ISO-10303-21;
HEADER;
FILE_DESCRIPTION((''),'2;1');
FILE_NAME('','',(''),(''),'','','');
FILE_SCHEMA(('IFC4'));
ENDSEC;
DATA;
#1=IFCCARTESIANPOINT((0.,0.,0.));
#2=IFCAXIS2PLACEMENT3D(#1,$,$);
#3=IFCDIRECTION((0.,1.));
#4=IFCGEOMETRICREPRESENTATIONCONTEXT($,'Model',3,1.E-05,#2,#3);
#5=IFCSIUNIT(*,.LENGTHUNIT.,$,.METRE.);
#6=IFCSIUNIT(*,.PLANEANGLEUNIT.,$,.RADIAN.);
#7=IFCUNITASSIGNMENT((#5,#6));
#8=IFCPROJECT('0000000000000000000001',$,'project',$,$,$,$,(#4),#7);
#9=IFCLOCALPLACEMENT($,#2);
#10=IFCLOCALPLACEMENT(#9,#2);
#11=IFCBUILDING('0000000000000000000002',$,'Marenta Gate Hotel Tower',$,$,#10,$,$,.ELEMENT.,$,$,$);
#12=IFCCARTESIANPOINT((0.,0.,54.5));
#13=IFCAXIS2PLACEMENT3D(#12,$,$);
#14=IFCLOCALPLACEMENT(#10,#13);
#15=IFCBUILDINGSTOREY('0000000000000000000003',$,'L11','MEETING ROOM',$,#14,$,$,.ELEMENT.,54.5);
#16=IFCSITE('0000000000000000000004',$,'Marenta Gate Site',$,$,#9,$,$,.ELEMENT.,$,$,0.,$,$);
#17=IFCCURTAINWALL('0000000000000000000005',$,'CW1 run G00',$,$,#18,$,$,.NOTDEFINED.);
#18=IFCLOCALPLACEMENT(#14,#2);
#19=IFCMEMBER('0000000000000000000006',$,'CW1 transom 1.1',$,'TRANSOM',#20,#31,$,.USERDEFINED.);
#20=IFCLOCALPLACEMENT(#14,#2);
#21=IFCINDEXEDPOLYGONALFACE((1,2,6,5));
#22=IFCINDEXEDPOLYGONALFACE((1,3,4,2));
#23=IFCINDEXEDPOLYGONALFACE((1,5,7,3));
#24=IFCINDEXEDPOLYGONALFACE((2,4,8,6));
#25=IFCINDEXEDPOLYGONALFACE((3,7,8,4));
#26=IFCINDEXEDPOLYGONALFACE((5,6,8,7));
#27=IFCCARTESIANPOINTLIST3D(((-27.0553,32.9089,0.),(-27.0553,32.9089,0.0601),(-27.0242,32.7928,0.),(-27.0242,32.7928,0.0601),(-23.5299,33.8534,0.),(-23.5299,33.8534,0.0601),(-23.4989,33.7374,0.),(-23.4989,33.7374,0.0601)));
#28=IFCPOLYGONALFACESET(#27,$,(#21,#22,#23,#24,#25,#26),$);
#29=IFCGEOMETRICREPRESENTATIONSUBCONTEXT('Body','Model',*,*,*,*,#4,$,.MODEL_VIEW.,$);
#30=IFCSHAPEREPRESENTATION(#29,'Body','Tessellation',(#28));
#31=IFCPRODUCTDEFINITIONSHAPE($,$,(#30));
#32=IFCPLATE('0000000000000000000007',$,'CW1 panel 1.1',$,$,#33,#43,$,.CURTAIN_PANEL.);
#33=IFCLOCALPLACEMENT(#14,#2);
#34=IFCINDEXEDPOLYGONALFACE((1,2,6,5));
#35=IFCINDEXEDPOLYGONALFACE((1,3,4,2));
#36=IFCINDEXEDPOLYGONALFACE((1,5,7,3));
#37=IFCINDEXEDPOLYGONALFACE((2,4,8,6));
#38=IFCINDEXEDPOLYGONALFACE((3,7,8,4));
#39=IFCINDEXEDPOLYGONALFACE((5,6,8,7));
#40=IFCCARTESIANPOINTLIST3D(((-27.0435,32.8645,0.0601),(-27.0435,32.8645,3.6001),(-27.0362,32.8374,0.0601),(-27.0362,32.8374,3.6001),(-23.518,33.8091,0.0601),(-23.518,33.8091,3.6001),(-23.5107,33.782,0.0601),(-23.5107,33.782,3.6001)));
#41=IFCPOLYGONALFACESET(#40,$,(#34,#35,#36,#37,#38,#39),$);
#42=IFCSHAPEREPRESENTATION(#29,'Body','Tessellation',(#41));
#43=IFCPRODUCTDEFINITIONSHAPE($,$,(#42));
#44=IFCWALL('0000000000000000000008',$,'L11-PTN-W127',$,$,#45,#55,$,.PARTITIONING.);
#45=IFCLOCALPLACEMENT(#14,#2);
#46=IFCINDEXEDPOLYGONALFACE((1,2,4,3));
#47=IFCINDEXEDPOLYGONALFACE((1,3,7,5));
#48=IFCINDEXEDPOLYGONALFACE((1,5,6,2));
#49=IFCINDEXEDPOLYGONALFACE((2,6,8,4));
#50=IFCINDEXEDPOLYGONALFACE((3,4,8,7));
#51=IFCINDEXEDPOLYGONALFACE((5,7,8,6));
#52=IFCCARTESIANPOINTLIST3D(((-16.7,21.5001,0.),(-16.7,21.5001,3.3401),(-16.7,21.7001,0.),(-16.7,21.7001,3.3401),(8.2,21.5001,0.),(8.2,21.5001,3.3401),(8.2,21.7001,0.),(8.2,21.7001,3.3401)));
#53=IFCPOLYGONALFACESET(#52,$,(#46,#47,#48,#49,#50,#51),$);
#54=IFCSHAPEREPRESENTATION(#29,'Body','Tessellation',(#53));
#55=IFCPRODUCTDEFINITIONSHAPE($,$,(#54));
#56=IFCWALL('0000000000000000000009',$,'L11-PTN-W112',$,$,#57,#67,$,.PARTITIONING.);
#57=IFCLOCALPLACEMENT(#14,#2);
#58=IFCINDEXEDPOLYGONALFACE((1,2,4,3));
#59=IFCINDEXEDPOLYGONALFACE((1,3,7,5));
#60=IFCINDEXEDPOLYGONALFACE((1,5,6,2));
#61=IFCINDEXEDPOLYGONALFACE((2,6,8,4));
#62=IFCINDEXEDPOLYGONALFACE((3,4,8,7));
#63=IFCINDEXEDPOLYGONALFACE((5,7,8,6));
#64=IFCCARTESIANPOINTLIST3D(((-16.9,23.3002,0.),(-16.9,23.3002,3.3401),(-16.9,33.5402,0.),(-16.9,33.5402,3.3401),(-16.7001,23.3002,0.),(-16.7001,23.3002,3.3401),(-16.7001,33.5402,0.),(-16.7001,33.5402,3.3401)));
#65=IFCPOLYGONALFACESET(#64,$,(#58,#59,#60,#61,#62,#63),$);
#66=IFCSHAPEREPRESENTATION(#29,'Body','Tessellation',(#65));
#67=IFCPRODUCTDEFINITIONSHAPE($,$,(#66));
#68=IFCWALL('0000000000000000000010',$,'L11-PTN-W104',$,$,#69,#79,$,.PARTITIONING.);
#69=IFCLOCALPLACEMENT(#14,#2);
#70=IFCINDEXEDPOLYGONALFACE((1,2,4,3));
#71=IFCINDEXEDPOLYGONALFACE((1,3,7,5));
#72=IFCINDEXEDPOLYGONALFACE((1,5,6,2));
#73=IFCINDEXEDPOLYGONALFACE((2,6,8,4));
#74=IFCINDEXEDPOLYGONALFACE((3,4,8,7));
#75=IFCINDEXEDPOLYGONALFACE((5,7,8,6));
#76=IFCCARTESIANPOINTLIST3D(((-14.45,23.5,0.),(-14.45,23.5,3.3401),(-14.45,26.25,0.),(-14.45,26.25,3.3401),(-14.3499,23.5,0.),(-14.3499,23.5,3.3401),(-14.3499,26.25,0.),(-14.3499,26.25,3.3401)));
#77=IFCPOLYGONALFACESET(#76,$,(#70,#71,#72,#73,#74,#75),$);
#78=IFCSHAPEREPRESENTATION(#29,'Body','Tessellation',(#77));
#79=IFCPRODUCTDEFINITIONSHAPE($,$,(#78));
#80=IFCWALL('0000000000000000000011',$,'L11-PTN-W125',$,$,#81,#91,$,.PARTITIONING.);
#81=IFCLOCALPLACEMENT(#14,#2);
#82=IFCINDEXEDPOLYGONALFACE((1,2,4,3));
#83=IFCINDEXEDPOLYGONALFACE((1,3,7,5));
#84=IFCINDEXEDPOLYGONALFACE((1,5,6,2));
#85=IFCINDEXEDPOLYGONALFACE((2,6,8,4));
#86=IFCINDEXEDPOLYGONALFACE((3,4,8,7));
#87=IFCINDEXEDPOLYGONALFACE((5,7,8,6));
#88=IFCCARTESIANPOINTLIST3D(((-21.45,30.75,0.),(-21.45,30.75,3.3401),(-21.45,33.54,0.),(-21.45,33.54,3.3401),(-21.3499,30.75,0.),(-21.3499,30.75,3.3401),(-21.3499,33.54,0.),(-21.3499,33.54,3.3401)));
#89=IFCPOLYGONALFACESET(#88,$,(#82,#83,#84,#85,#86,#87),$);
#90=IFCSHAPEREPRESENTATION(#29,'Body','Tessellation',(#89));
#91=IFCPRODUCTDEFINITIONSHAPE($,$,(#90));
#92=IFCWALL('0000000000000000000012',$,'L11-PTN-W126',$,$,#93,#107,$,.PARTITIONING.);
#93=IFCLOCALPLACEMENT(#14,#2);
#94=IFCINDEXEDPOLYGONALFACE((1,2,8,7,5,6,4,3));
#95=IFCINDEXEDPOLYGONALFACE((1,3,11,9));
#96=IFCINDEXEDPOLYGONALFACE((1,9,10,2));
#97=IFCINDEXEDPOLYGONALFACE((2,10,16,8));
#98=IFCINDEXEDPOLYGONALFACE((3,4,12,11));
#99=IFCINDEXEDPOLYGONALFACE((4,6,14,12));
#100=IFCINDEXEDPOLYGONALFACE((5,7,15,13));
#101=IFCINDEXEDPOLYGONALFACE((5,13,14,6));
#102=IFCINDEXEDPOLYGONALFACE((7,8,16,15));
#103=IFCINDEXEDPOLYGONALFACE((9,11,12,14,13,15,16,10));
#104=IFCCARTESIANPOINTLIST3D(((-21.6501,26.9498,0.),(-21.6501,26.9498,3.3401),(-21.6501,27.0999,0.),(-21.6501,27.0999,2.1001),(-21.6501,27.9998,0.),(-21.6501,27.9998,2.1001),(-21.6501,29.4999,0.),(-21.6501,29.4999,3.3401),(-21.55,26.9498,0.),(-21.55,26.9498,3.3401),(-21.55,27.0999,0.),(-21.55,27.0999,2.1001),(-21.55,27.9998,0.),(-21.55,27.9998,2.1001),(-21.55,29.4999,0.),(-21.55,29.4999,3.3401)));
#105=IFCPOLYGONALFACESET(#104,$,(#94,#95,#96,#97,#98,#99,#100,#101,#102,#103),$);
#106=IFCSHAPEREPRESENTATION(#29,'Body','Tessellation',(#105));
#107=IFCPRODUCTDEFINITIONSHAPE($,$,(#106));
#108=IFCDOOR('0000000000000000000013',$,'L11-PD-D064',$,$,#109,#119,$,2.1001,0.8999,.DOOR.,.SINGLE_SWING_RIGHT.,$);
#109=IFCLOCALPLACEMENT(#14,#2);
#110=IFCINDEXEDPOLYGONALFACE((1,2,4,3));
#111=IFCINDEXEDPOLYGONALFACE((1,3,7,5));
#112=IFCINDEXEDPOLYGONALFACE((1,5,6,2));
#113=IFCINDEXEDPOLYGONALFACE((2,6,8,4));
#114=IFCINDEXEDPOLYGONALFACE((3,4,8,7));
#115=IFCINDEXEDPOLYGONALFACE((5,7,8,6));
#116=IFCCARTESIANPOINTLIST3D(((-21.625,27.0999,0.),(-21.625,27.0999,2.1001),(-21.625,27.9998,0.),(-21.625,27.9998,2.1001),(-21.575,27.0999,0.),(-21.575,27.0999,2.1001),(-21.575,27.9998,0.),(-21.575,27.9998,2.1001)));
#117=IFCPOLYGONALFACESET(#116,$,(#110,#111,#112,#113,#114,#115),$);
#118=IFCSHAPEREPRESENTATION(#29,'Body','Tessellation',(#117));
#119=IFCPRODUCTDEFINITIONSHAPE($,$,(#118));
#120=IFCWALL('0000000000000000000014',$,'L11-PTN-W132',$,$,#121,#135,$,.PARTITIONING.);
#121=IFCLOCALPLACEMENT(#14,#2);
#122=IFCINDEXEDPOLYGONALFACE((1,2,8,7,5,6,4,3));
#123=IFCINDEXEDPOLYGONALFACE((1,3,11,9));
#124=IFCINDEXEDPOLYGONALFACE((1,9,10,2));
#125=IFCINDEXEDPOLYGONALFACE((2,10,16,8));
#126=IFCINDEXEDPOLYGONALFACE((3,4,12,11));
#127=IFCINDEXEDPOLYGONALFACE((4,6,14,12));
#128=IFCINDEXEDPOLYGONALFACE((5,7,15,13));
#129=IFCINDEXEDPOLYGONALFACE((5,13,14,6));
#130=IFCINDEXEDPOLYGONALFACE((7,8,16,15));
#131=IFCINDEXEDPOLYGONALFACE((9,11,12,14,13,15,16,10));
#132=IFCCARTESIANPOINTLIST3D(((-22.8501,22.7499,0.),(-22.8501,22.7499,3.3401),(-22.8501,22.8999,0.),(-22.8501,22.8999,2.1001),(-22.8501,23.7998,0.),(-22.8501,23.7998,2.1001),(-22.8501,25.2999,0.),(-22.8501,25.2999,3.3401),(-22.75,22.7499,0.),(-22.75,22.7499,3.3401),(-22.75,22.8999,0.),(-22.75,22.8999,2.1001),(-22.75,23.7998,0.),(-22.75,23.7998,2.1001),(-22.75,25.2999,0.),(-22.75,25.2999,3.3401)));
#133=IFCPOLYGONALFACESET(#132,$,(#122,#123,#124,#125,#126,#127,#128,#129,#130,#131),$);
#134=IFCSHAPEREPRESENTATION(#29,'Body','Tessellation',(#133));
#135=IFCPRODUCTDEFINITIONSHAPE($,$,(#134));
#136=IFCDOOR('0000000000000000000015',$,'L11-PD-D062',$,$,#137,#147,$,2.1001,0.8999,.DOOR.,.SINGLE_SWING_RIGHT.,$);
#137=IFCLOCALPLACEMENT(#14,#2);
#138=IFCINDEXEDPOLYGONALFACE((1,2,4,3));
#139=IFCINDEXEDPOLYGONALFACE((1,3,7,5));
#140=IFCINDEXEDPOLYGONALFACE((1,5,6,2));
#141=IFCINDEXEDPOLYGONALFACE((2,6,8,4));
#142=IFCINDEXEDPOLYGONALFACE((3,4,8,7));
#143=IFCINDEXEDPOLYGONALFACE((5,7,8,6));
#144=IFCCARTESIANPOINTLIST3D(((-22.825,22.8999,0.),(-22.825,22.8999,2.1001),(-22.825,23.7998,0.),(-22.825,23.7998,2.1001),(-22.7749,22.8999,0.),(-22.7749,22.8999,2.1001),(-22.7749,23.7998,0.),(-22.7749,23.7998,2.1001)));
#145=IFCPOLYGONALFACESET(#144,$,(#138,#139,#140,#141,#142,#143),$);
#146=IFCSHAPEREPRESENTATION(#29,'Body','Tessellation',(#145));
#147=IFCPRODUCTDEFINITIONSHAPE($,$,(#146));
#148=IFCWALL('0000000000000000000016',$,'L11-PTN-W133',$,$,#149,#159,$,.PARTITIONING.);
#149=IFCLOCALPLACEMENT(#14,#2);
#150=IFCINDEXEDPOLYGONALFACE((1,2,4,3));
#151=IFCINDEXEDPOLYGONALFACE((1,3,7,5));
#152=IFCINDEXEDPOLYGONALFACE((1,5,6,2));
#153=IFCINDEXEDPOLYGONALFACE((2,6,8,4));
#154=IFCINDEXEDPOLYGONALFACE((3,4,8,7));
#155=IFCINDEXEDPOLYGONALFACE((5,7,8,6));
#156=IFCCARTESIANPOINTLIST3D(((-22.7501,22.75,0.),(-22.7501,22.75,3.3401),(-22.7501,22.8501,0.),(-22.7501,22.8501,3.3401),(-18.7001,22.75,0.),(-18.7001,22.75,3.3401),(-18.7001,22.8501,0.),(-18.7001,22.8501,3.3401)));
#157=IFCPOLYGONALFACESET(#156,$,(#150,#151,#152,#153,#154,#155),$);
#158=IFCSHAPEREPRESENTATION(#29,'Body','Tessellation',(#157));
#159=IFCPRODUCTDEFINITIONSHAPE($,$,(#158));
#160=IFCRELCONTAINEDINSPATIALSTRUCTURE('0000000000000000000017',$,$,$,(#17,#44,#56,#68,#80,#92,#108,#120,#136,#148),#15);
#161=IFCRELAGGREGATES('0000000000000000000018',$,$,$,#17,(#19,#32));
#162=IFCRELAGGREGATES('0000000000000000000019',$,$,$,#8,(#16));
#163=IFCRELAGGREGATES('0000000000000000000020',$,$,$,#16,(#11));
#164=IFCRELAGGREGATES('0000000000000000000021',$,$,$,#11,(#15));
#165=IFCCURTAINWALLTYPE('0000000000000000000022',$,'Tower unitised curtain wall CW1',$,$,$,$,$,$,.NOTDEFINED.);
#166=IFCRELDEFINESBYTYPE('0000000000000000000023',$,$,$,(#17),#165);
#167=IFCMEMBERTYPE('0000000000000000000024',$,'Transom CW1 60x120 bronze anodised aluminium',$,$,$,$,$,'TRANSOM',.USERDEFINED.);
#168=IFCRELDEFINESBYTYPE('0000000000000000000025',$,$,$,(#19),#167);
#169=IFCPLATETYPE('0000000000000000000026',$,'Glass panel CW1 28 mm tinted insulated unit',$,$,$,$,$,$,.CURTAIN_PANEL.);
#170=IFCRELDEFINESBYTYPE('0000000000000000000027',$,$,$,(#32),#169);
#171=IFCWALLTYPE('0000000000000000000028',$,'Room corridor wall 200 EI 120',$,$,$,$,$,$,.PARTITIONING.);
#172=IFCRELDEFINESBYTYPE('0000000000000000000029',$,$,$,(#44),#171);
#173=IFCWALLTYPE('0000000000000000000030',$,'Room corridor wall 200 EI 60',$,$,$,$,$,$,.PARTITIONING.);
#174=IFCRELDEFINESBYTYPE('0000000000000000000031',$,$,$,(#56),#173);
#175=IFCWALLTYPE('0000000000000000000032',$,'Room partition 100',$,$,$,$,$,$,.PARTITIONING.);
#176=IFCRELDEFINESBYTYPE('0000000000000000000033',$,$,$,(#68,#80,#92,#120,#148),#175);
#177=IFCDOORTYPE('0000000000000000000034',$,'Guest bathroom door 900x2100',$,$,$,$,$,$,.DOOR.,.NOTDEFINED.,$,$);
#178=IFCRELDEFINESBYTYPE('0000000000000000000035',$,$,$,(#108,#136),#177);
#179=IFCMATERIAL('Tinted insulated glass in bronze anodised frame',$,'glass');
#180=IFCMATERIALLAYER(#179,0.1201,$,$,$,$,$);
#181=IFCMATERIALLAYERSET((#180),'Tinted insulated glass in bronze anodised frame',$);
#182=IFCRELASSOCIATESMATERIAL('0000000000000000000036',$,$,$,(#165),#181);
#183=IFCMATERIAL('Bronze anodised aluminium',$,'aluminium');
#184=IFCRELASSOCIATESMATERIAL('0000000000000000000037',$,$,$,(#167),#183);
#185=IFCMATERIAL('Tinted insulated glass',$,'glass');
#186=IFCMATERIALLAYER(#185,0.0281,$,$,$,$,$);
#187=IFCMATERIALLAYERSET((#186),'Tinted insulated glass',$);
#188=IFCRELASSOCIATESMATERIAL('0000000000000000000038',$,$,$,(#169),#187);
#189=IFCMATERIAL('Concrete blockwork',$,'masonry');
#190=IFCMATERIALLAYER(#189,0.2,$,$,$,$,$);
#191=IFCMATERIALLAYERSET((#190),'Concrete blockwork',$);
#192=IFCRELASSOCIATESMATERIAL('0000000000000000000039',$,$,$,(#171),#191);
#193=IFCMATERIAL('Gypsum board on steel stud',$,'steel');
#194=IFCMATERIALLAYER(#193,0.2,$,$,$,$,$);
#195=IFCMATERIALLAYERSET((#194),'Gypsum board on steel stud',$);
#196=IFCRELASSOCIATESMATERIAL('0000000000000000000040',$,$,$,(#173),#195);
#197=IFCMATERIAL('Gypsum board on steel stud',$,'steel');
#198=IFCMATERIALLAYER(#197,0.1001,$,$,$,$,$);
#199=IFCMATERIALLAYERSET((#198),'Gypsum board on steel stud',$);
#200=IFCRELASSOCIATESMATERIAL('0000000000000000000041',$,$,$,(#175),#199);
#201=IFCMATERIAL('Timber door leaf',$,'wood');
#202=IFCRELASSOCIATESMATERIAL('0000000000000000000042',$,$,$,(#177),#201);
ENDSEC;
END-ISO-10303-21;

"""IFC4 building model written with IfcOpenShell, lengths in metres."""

from ifc_helpers import new_model, si_unit, direction, frame, frame_2d, origin, origin_2d, place, context, subcontext, project, spatial, rectangle, extrude, material, layer, layer_set, material_profile, profile_set, type_object, element, fill, aggregate, save


model = new_model("IFC4")

# Units and contexts
model_context = context("Model", 3, precision=1e-05, world=origin(), true_north=direction((0.0, 1.0)))
body_context = subcontext(model_context, "Body", "Model", "MODEL_VIEW")
ifc_project = project(units=[si_unit("LENGTHUNIT", "METRE"), si_unit("PLANEANGLEUNIT", "RADIAN")], contexts=[model_context])

# Site, building, storey
site_placement = place(None, origin())
site = spatial("IfcSite", under=ifc_project, at=site_placement, Name="Marenta Gate Site", CompositionType="ELEMENT", RefElevation=0.0)
building_placement = place(site_placement, origin())
building = spatial("IfcBuilding", under=site, at=building_placement, Name="Marenta Gate Hotel Tower", CompositionType="ELEMENT")
storey_placement = place(building_placement, frame((0.0, 0.0, 54.5)))
storey = spatial("IfcBuildingStorey", under=building, at=storey_placement, Name="L11", Description="MEETING ROOM", CompositionType="ELEMENT", Elevation=54.5)

# Curtain wall, member, plate
ifc_material_1 = material(Name="Tinted insulated glass in bronze anodised frame", Category="glass")
ifc_layer_1 = layer(ifc_material_1, 0.1201)
ifc_layer_set_1 = layer_set([ifc_layer_1], Name="Tinted insulated glass in bronze anodised frame")
curtain_wall_type = type_object("IfcCurtainWallType", Name="Tower unitised curtain wall CW1", PredefinedType="NOTDEFINED", material=ifc_layer_set_1)
curtain_wall_placement = place(storey_placement, origin())
curtain_wall = element("IfcCurtainWall", 1, at=curtain_wall_placement, inside=storey, type_object=curtain_wall_type, Name="CW1 run G00", PredefinedType="NOTDEFINED")
ifc_material_2 = material(Name="Bronze anodised aluminium", Category="aluminium")
ifc_material_profile_1 = material_profile(ifc_material_2, rectangle(XDim=0.1201, YDim=0.0601, at=origin_2d()), Name="Transom CW1 60x120 bronze anodised aluminium")
ifc_profile_set_1 = profile_set([ifc_material_profile_1], Name="Bronze anodised aluminium")
member_type_1 = type_object("IfcMemberType", Name="Transom CW1 60x120 bronze anodised aluminium", ElementType="TRANSOM", PredefinedType="USERDEFINED", material=ifc_profile_set_1)
member_1_placement = place(storey_placement, frame((-23.5144, 33.7954, 0.03), z_axis=(-0.965929, -0.258807, 0.0), x_axis=(0.258807, -0.965929, 0.0)))
member_1 = element("IfcMember", 2, at=member_1_placement, type_object=member_type_1, Name="CW1 transom 1.1", ObjectType="TRANSOM", PredefinedType="USERDEFINED", context=body_context, shape_type="SweptSolid", body=[
    extrude(rectangle(XDim=0.1201, YDim=0.0601, at=origin_2d()), origin(), (0.0, 0.0, 1.0), 3.6497),
])
ifc_material_3 = material(Name="Tinted insulated glass", Category="glass")
ifc_layer_2 = layer(ifc_material_3, 0.0281)
ifc_layer_set_2 = layer_set([ifc_layer_2], Name="Tinted insulated glass")
plate_type = type_object("IfcPlateType", Name="Glass panel CW1 28 mm tinted insulated unit", PredefinedType="CURTAIN_PANEL", material=ifc_layer_set_2)
plate_placement = place(storey_placement, frame((-25.2771, 33.3232, 0.0601), z_axis=(0.0, 0.0, 1.0), x_axis=(-0.96593, -0.258802, 0.0)))
plate = element("IfcPlate", 3, at=plate_placement, type_object=plate_type, Name="CW1 panel 1.1", PredefinedType="CURTAIN_PANEL", context=body_context, shape_type="SweptSolid", body=[
    extrude(rectangle(XDim=3.6499, YDim=0.0281, at=origin_2d()), origin(), (0.0, 0.0, 1.0), 3.54),
])
aggregate(curtain_wall, [member_1, plate])

# Walls
ifc_material_4 = material(Name="Concrete blockwork", Category="masonry")
ifc_layer_3 = layer(ifc_material_4, 0.2)
ifc_layer_set_3 = layer_set([ifc_layer_3], Name="Concrete blockwork")
wall_type_1 = type_object("IfcWallType", Name="Room corridor wall 200 EI 120", PredefinedType="PARTITIONING", material=ifc_layer_set_3)
wall_1_placement = place(storey_placement, frame((-16.7, 21.6001, 0.0), z_axis=(0.0, 0.0, 1.0), x_axis=(1.0, 0.0, 0.0)))
element("IfcWall", 4, at=wall_1_placement, inside=storey, type_object=wall_type_1, Name="L11-PTN-W127", PredefinedType="PARTITIONING", context=body_context, shape_type="SweptSolid", body=[
    extrude(rectangle(XDim=24.8999, YDim=0.2, at=frame_2d((12.45, 0.0))), origin(), (0.0, 0.0, 1.0), 3.3401),
])
ifc_material_5 = material(Name="Gypsum board on steel stud", Category="steel")
ifc_layer_4 = layer(ifc_material_5, 0.2)
ifc_layer_set_4 = layer_set([ifc_layer_4], Name="Gypsum board on steel stud")
wall_type_2 = type_object("IfcWallType", Name="Room corridor wall 200 EI 60", PredefinedType="PARTITIONING", material=ifc_layer_set_4)
wall_2_placement = place(storey_placement, frame((-16.8, 23.3, 0.0), z_axis=(0.0, 0.0, 1.0), x_axis=(0.0, 1.0, 0.0)))
element("IfcWall", 5, at=wall_2_placement, inside=storey, type_object=wall_type_2, Name="L11-PTN-W112", PredefinedType="PARTITIONING", context=body_context, shape_type="SweptSolid", body=[
    extrude(rectangle(XDim=10.24, YDim=0.2, at=frame_2d((5.1201, 0.0))), origin(), (0.0, 0.0, 1.0), 3.3401),
])

# Walls
ifc_material_6 = material(Name="Gypsum board on steel stud", Category="steel")
ifc_layer_5 = layer(ifc_material_6, 0.1001)
ifc_layer_set_5 = layer_set([ifc_layer_5], Name="Gypsum board on steel stud")
wall_type_3 = type_object("IfcWallType", Name="Room partition 100", PredefinedType="PARTITIONING", material=ifc_layer_set_5)
wall_3_placement = place(storey_placement, frame((-14.3999, 23.5, 0.0), z_axis=(0.0, 0.0, 1.0), x_axis=(0.0, 1.0, 0.0)))
element("IfcWall", 6, at=wall_3_placement, inside=storey, type_object=wall_type_3, Name="L11-PTN-W104", PredefinedType="PARTITIONING", context=body_context, shape_type="SweptSolid", body=[
    extrude(rectangle(XDim=2.75, YDim=0.1001, at=frame_2d((1.375, 0.0))), origin(), (0.0, 0.0, 1.0), 3.3401),
])
wall_4_placement = place(storey_placement, frame((-21.3999, 30.75, 0.0), z_axis=(0.0, 0.0, 1.0), x_axis=(0.0, 1.0, 0.0)))
element("IfcWall", 7, at=wall_4_placement, inside=storey, type_object=wall_type_3, Name="L11-PTN-W125", PredefinedType="PARTITIONING", context=body_context, shape_type="SweptSolid", body=[
    extrude(rectangle(XDim=2.79, YDim=0.1001, at=frame_2d((1.395, 0.0))), origin(), (0.0, 0.0, 1.0), 3.3401),
])

# Walls, openings, doors
wall_5_placement = place(storey_placement, frame((-21.6001, 26.95, 0.0), z_axis=(0.0, 0.0, 1.0), x_axis=(0.0, 1.0, 0.0)))
wall_5 = element("IfcWall", 8, at=wall_5_placement, inside=storey, type_object=wall_type_3, Name="L11-PTN-W126", PredefinedType="PARTITIONING", context=body_context, shape_type="SweptSolid", body=[
    extrude(rectangle(XDim=2.55, YDim=0.1001, at=frame_2d((1.2749, 0.0))), origin(), (0.0, 0.0, 1.0), 3.3401),
])
opening_1_placement = place(wall_5_placement, frame((0.1499, 0.0, 0.0)))
opening_1 = element("IfcOpeningElement", 9, at=opening_1_placement, cuts=wall_5, PredefinedType="OPENING", context=body_context, shape_type="SweptSolid", body=[
    extrude(rectangle(XDim=0.8999, YDim=2.1001, at=frame_2d((0.45, 1.05))), frame((0.0, 0.05, 0.0), z_axis=(0.0, -1.0, 0.0), x_axis=(1.0, 0.0, 0.0)), (0.0, 0.0, 1.0), 0.1001),
])
ifc_material_7 = material(Name="Timber door leaf", Category="wood")
door_type_1 = type_object("IfcDoorType", Name="Guest bathroom door 900x2100", OperationType="NOTDEFINED", PredefinedType="DOOR", material=ifc_material_7)
door_1_placement = place(opening_1_placement, origin())
door_1 = element("IfcDoor", 10, at=door_1_placement, inside=storey, type_object=door_type_1, Name="L11-PD-D064", OperationType="SINGLE_SWING_RIGHT", OverallHeight=2.1001, OverallWidth=0.8999, PredefinedType="DOOR", context=body_context, shape_type="SweptSolid", body=[
    extrude(rectangle(XDim=0.8999, YDim=2.1001, at=frame_2d((0.45, 1.05))), frame((0.0, 0.0249, 0.0), z_axis=(0.0, -1.0, 0.0), x_axis=(1.0, 0.0, 0.0)), (0.0, 0.0, 1.0), 0.05),
])
fill(opening_1, door_1)
wall_6_placement = place(storey_placement, frame((-22.8, 22.75, 0.0), z_axis=(0.0, 0.0, 1.0), x_axis=(0.0, 1.0, 0.0)))
wall_6 = element("IfcWall", 11, at=wall_6_placement, inside=storey, type_object=wall_type_3, Name="L11-PTN-W132", PredefinedType="PARTITIONING", context=body_context, shape_type="SweptSolid", body=[
    extrude(rectangle(XDim=2.55, YDim=0.1001, at=frame_2d((1.2749, 0.0))), origin(), (0.0, 0.0, 1.0), 3.3401),
])
opening_2_placement = place(wall_6_placement, frame((0.1499, 0.0, 0.0)))
opening_2 = element("IfcOpeningElement", 12, at=opening_2_placement, cuts=wall_6, PredefinedType="OPENING", context=body_context, shape_type="SweptSolid", body=[
    extrude(rectangle(XDim=0.8999, YDim=2.1001, at=frame_2d((0.45, 1.05))), frame((0.0, 0.05, 0.0), z_axis=(0.0, -1.0, 0.0), x_axis=(1.0, 0.0, 0.0)), (0.0, 0.0, 1.0), 0.1001),
])
door_2_placement = place(opening_2_placement, origin())
door_2 = element("IfcDoor", 13, at=door_2_placement, inside=storey, type_object=door_type_1, Name="L11-PD-D062", OperationType="SINGLE_SWING_RIGHT", OverallHeight=2.1001, OverallWidth=0.8999, PredefinedType="DOOR", context=body_context, shape_type="SweptSolid", body=[
    extrude(rectangle(XDim=0.8999, YDim=2.1001, at=frame_2d((0.45, 1.05))), frame((0.0, 0.0249, 0.0), z_axis=(0.0, -1.0, 0.0), x_axis=(1.0, 0.0, 0.0)), (0.0, 0.0, 1.0), 0.05),
])
fill(opening_2, door_2)

# Wall
wall_7_placement = place(storey_placement, frame((-22.75, 22.8, 0.0), z_axis=(0.0, 0.0, 1.0), x_axis=(1.0, 0.0, 0.0)))
element("IfcWall", 14, at=wall_7_placement, inside=storey, type_object=wall_type_3, Name="L11-PTN-W133", PredefinedType="PARTITIONING", context=body_context, shape_type="SweptSolid", body=[
    extrude(rectangle(XDim=4.05, YDim=0.1001, at=frame_2d((2.0249, 0.0))), origin(), (0.0, 0.0, 1.0), 3.3401),
])

save(model, "model.ifc")
